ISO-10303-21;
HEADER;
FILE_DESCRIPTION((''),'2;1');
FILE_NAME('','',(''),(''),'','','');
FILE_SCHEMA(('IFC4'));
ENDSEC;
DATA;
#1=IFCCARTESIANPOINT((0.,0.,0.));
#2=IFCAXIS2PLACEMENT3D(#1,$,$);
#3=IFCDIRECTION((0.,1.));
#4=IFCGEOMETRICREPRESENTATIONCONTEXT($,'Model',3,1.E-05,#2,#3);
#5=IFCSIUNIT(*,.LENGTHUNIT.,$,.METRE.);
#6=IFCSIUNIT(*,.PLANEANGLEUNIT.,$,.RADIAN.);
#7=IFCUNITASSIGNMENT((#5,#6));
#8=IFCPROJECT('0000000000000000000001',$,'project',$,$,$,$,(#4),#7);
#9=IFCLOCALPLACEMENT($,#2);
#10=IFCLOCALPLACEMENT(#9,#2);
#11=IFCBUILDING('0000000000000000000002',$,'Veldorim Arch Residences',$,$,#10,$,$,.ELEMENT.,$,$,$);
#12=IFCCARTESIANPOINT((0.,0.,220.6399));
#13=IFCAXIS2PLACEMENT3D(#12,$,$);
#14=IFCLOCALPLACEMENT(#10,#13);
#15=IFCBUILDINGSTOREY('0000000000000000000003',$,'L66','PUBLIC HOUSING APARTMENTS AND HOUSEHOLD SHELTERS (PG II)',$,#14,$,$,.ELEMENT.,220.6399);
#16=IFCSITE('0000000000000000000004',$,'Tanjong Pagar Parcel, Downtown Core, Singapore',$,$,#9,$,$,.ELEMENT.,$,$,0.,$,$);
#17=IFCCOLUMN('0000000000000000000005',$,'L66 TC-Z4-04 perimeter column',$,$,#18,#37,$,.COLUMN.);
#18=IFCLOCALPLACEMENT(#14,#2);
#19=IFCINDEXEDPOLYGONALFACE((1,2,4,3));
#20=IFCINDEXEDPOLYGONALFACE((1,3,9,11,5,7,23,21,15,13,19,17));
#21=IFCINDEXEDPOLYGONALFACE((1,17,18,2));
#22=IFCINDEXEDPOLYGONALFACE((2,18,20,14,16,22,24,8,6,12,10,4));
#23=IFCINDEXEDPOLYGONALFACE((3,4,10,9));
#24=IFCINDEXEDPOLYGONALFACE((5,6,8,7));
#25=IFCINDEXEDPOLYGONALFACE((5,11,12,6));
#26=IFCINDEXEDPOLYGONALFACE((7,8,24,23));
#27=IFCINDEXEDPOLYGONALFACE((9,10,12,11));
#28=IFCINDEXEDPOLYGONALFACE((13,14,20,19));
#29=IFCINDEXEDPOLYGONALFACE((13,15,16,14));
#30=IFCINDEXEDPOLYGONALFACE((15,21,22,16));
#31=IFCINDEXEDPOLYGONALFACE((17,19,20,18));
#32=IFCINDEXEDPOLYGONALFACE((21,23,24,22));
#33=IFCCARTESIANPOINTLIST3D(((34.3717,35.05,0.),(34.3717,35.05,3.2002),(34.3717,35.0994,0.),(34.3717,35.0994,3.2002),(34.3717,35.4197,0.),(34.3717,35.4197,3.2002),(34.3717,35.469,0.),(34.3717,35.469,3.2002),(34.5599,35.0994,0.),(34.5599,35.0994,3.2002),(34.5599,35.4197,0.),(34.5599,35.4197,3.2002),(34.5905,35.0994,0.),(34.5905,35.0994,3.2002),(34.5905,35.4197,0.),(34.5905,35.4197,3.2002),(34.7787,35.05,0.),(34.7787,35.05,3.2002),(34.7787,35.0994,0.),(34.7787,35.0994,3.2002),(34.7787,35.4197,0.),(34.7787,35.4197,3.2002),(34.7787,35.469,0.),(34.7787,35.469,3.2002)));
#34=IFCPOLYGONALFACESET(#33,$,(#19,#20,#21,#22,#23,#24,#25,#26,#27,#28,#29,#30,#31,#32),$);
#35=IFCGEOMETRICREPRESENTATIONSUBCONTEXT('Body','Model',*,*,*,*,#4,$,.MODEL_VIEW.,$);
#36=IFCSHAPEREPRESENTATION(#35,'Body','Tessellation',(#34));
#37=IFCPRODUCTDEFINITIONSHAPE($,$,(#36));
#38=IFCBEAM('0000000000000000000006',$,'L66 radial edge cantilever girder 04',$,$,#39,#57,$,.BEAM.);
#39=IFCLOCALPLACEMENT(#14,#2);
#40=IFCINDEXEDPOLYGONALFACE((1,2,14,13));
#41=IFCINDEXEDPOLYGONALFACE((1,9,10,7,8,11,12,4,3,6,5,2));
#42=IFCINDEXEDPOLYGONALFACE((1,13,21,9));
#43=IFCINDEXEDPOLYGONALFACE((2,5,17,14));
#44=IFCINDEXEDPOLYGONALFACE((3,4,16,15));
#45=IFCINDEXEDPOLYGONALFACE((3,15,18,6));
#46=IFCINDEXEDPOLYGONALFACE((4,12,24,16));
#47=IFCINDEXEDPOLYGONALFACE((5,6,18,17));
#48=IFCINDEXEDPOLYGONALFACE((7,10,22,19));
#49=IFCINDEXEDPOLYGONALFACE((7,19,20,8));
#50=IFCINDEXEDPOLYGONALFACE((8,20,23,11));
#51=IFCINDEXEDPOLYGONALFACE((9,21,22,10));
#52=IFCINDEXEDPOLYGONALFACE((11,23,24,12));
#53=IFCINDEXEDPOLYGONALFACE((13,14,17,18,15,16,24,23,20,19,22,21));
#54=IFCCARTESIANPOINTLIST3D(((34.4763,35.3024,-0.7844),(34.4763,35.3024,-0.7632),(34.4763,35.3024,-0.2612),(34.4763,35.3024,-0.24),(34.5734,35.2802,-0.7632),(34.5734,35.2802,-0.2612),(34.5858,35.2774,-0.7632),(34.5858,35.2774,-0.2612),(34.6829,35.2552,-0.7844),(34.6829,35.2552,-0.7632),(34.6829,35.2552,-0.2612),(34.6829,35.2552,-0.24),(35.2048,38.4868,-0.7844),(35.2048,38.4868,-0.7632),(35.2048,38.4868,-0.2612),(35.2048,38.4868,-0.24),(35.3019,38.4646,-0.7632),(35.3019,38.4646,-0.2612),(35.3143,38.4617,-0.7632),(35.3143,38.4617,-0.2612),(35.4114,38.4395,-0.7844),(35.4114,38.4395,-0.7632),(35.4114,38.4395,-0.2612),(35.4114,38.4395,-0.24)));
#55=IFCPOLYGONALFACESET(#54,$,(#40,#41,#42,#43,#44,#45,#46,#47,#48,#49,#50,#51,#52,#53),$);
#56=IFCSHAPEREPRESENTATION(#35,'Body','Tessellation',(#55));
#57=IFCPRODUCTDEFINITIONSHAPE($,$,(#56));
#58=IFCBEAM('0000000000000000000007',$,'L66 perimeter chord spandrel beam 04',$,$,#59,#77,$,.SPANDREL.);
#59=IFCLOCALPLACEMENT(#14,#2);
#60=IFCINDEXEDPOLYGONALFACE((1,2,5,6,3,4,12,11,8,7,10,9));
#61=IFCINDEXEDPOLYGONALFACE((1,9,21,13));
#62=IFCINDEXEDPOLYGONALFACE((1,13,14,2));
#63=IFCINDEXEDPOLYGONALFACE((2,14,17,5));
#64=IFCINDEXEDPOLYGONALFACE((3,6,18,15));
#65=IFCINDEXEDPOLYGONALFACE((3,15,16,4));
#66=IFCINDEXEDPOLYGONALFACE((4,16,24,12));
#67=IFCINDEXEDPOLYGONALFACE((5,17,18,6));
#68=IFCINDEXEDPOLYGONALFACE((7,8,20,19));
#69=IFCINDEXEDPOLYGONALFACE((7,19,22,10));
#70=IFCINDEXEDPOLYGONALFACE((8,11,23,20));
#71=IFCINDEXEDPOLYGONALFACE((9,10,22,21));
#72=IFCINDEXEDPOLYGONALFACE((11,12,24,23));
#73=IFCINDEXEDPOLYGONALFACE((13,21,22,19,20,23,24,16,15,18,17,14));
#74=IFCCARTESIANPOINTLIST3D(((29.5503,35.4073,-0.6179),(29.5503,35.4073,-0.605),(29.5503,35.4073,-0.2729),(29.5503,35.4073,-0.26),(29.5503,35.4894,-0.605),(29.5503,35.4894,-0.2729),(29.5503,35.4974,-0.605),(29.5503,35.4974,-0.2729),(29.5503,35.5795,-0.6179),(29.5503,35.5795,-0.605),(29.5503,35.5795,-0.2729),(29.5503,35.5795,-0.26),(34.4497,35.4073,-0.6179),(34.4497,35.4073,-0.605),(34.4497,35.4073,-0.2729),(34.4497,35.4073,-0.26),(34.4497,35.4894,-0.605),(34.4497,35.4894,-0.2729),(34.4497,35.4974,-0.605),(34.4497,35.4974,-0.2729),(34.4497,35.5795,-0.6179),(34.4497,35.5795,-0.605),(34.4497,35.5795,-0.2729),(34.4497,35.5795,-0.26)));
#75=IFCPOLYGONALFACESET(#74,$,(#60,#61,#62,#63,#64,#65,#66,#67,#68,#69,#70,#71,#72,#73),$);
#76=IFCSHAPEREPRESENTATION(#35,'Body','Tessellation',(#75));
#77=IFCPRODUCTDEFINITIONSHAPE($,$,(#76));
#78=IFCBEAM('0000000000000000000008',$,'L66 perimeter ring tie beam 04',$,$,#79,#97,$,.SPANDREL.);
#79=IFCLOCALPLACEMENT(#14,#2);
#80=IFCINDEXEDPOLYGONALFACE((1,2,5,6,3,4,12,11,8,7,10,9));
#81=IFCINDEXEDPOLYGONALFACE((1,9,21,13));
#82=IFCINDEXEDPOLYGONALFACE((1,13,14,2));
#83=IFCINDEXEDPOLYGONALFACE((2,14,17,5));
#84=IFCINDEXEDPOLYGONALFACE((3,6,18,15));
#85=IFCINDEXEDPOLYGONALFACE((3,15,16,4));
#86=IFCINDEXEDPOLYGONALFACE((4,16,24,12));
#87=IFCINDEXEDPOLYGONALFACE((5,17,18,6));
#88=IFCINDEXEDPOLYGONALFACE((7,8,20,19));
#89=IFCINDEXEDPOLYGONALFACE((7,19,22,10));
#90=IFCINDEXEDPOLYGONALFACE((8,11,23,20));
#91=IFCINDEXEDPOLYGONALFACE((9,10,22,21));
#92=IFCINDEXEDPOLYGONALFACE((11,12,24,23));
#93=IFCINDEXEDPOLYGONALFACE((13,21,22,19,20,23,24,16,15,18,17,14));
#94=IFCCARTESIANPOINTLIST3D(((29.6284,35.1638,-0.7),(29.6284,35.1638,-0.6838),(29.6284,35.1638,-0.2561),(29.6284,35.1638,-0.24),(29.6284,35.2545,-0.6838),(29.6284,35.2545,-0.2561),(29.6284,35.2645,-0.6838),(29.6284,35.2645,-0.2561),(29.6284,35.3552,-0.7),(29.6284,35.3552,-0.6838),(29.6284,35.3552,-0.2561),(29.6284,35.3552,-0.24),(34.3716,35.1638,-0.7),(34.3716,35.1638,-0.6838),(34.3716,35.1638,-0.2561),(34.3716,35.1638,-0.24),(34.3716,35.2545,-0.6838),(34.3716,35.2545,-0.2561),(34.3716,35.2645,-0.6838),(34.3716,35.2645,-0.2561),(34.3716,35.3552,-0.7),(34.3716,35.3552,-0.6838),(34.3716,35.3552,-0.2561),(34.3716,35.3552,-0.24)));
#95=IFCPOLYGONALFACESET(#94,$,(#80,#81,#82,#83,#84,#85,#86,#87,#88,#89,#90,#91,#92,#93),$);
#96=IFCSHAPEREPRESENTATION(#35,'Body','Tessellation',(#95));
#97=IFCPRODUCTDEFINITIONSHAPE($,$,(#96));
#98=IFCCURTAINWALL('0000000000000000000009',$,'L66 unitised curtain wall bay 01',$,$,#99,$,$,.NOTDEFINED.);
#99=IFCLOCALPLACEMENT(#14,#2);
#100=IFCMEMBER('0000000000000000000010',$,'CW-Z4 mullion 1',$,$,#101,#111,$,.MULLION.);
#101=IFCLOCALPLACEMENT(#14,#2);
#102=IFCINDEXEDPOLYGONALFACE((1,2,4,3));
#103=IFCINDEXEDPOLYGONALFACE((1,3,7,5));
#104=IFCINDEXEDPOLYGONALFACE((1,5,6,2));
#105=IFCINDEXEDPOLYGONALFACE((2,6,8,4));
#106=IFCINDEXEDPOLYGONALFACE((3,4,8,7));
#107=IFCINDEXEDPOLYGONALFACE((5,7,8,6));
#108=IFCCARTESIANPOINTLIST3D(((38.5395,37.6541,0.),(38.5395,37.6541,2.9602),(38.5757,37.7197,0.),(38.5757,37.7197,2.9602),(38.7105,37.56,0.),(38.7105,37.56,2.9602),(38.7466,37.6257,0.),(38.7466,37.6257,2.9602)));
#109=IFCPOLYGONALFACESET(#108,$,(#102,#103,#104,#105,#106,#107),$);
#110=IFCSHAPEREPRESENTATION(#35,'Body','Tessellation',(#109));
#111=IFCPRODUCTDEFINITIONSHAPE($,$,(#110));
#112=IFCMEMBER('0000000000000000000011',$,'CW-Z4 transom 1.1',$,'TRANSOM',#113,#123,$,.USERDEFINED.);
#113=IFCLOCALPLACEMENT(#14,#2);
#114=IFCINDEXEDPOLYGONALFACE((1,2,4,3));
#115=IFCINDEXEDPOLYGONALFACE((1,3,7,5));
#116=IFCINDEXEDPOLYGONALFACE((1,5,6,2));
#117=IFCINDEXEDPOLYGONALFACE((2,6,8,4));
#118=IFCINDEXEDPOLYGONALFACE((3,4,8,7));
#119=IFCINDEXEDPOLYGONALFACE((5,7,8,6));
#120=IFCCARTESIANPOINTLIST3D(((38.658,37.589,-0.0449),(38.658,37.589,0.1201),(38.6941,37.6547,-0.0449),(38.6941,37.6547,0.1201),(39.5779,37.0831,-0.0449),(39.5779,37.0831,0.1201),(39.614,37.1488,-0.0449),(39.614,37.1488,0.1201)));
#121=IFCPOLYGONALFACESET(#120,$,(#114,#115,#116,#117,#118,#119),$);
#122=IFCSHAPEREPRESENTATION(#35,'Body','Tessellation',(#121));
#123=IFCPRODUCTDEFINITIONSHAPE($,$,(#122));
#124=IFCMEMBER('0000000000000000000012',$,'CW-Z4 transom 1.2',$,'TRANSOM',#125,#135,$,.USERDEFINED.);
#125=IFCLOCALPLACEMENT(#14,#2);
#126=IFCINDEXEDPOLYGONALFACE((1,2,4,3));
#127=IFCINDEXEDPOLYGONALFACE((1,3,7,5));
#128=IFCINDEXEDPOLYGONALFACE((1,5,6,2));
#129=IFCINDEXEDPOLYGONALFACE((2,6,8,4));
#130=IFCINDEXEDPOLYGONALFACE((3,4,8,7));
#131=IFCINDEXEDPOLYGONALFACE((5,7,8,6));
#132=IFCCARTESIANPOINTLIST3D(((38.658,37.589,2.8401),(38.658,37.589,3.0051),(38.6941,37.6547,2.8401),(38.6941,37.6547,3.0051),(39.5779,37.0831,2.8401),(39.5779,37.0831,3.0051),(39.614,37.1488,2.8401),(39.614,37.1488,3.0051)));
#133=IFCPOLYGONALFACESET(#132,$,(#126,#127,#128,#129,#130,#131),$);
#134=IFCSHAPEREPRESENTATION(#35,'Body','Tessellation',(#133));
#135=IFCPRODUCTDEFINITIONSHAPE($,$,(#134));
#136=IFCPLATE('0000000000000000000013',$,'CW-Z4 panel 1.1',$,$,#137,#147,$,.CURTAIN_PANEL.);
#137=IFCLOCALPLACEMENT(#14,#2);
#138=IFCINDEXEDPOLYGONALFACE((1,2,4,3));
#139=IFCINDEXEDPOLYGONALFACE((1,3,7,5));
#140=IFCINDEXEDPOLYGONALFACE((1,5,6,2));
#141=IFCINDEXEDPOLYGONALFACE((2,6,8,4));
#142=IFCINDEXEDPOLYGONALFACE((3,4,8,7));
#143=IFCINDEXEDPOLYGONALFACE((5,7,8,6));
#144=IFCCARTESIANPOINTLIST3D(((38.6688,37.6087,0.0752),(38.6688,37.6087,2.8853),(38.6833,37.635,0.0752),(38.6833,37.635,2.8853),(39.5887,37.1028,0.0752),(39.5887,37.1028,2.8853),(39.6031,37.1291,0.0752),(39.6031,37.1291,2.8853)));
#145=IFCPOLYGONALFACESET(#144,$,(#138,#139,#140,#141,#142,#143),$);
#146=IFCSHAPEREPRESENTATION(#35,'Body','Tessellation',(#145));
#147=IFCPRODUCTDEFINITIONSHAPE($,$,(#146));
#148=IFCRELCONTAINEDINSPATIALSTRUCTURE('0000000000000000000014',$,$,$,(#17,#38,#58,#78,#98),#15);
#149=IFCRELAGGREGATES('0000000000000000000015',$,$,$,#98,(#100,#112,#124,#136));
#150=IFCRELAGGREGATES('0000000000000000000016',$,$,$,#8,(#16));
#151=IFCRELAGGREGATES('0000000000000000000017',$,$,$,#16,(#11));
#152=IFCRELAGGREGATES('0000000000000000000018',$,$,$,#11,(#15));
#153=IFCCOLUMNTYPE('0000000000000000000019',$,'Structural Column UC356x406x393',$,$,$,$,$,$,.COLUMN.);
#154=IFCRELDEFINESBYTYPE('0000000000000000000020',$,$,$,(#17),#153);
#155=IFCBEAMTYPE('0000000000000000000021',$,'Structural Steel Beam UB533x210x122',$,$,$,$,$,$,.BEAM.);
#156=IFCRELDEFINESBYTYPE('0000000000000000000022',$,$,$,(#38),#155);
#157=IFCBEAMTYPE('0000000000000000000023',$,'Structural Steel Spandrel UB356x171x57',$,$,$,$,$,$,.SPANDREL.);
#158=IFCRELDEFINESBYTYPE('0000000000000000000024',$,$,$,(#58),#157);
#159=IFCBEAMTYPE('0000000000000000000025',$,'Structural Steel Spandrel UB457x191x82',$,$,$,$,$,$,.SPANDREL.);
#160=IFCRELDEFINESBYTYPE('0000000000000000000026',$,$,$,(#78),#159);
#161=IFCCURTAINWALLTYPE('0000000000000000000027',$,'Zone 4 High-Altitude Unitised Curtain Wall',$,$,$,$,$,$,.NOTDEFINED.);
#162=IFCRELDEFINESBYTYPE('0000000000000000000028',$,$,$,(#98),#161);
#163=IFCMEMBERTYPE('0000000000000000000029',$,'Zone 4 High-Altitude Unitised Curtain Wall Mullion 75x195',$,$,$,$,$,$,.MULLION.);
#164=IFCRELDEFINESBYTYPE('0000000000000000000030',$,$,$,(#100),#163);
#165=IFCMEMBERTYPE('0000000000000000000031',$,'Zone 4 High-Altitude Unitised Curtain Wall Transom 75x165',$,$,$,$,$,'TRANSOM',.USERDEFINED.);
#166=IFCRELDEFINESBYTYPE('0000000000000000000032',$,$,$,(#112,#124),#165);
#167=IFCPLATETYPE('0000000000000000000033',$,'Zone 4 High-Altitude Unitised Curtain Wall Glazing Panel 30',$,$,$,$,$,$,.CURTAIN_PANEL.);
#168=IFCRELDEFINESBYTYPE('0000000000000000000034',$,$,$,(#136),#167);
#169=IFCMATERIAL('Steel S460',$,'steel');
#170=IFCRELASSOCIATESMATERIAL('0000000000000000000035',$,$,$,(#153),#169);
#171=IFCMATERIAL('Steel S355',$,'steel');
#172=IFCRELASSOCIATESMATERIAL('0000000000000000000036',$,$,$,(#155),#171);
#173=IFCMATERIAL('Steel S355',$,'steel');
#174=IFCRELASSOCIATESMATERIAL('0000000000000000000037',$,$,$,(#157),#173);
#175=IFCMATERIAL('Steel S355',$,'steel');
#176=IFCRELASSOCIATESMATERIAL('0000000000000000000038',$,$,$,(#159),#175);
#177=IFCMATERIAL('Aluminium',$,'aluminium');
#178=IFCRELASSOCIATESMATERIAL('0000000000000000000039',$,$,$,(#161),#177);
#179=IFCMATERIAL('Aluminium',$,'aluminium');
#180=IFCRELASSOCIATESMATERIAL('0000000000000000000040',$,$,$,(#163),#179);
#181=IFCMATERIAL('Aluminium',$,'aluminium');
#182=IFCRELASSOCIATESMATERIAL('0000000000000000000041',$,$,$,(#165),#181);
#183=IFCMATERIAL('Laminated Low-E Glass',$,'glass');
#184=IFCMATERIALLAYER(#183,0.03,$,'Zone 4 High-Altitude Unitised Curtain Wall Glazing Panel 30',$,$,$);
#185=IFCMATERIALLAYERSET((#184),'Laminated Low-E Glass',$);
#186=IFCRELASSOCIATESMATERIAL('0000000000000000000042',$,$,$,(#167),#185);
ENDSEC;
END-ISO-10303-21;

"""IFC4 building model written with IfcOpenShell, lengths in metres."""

from ifc_helpers import new_model, si_unit, direction, frame, origin, origin_2d, place, context, subcontext, project, spatial, rectangle, i_section, extrude, material, layer, layer_set, material_profile, profile_set, type_object, element, aggregate, save


model = new_model("IFC4")

# Units and contexts
model_context = context("Model", 3, precision=1e-05, world=origin(), true_north=direction((0.0, 1.0)))
body_context = subcontext(model_context, "Body", "Model", "MODEL_VIEW")
ifc_project = project(units=[si_unit("LENGTHUNIT", "METRE"), si_unit("PLANEANGLEUNIT", "RADIAN")], contexts=[model_context])

# Site, building, storey
site_placement = place(None, origin())
site = spatial("IfcSite", under=ifc_project, at=site_placement, Name="Tanjong Pagar Parcel, Downtown Core, Singapore", CompositionType="ELEMENT", RefElevation=0.0)
building_placement = place(site_placement, origin())
building = spatial("IfcBuilding", under=site, at=building_placement, Name="Veldorim Arch Residences", CompositionType="ELEMENT")
storey_placement = place(building_placement, frame((0.0, 0.0, 220.6399)))
storey = spatial("IfcBuildingStorey", under=building, at=storey_placement, Name="L66", Description="PUBLIC HOUSING APARTMENTS AND HOUSEHOLD SHELTERS (PG II)", CompositionType="ELEMENT", Elevation=220.6399)

# Column
ifc_material_1 = material(Name="Steel S460", Category="steel")
ifc_material_profile_1 = material_profile(ifc_material_1, i_section(OverallWidth=0.407, OverallDepth=0.4189, WebThickness=0.0305, FlangeThickness=0.0493, at=origin_2d()), Name="UC356x406x393")
ifc_profile_set_1 = profile_set([ifc_material_profile_1], Name="Steel S460")
column_type = type_object("IfcColumnType", Name="Structural Column UC356x406x393", PredefinedType="COLUMN", material=ifc_profile_set_1)
column_placement = place(storey_placement, frame((34.5752, 35.2595, 0.0), z_axis=(0.0, 0.0, 1.0), x_axis=(1.0, 0.0, 0.0)))
element("IfcColumn", 1, at=column_placement, inside=storey, type_object=column_type, Name="L66 TC-Z4-04 perimeter column", PredefinedType="COLUMN", context=body_context, shape_type="SweptSolid", body=[
    extrude(i_section(OverallWidth=0.407, OverallDepth=0.4189, WebThickness=0.0305, FlangeThickness=0.0493, at=origin_2d()), origin(), (0.0, 0.0, 1.0), 3.2002),
])

# Beams
ifc_material_2 = material(Name="Steel S355", Category="steel")
ifc_material_profile_2 = material_profile(ifc_material_2, i_section(OverallWidth=0.2119, OverallDepth=0.5444, WebThickness=0.0127, FlangeThickness=0.0212, at=origin_2d()), Name="UB533x210x122")
ifc_profile_set_2 = profile_set([ifc_material_profile_2], Name="Steel S355")
beam_type_1 = type_object("IfcBeamType", Name="Structural Steel Beam UB533x210x122", PredefinedType="BEAM", material=ifc_profile_set_2)
beam_1_placement = place(storey_placement, frame((34.5796, 35.2788, -0.5122), z_axis=(0.22302, 0.974814, 0.0), x_axis=(-0.974814, 0.22302, 0.0)))
element("IfcBeam", 2, at=beam_1_placement, inside=storey, type_object=beam_type_1, Name="L66 radial edge cantilever girder 04", PredefinedType="BEAM", context=body_context, shape_type="SweptSolid", body=[
    extrude(i_section(OverallWidth=0.2119, OverallDepth=0.5444, WebThickness=0.0127, FlangeThickness=0.0212, at=origin_2d()), origin(), (0.0, 0.0, 1.0), 3.2666),
])
ifc_material_3 = material(Name="Steel S355", Category="steel")
ifc_material_profile_3 = material_profile(ifc_material_3, i_section(OverallWidth=0.1721, OverallDepth=0.3579, WebThickness=0.0081, FlangeThickness=0.0129, at=origin_2d()), Name="UB356x171x57")
ifc_profile_set_3 = profile_set([ifc_material_profile_3], Name="Steel S355")
beam_type_2 = type_object("IfcBeamType", Name="Structural Steel Spandrel UB356x171x57", PredefinedType="SPANDREL", material=ifc_profile_set_3)
beam_2_placement = place(storey_placement, frame((34.4497, 35.4934, -0.439), z_axis=(-1.0, 0.0, 0.0), x_axis=(0.0, -1.0, 0.0)))
element("IfcBeam", 3, at=beam_2_placement, inside=storey, type_object=beam_type_2, Name="L66 perimeter chord spandrel beam 04", PredefinedType="SPANDREL", context=body_context, shape_type="SweptSolid", body=[
    extrude(i_section(OverallWidth=0.1721, OverallDepth=0.3579, WebThickness=0.0081, FlangeThickness=0.0129, at=origin_2d()), origin(), (0.0, 0.0, 1.0), 4.8994),
])
ifc_material_4 = material(Name="Steel S355", Category="steel")
ifc_material_profile_4 = material_profile(ifc_material_4, i_section(OverallWidth=0.1914, OverallDepth=0.46, WebThickness=0.01, FlangeThickness=0.0161, at=origin_2d()), Name="UB457x191x82")
ifc_profile_set_4 = profile_set([ifc_material_profile_4], Name="Steel S355")
beam_type_3 = type_object("IfcBeamType", Name="Structural Steel Spandrel UB457x191x82", PredefinedType="SPANDREL", material=ifc_profile_set_4)
beam_3_placement = place(storey_placement, frame((34.3716, 35.2595, -0.47), z_axis=(-1.0, 0.0, 0.0), x_axis=(0.0, -1.0, 0.0)))
element("IfcBeam", 4, at=beam_3_placement, inside=storey, type_object=beam_type_3, Name="L66 perimeter ring tie beam 04", PredefinedType="SPANDREL", context=body_context, shape_type="SweptSolid", body=[
    extrude(i_section(OverallWidth=0.1914, OverallDepth=0.46, WebThickness=0.01, FlangeThickness=0.0161, at=origin_2d()), origin(), (0.0, 0.0, 1.0), 4.7432),
])

# Curtain wall, members, plate
ifc_material_5 = material(Name="Aluminium", Category="aluminium")
curtain_wall_type = type_object("IfcCurtainWallType", Name="Zone 4 High-Altitude Unitised Curtain Wall", PredefinedType="NOTDEFINED", material=ifc_material_5)
curtain_wall_placement = place(storey_placement, origin())
curtain_wall = element("IfcCurtainWall", 5, at=curtain_wall_placement, inside=storey, type_object=curtain_wall_type, Name="L66 unitised curtain wall bay 01", PredefinedType="NOTDEFINED")
ifc_material_6 = material(Name="Aluminium", Category="aluminium")
ifc_material_profile_5 = material_profile(ifc_material_6, rectangle(XDim=0.075, YDim=0.1951, at=origin_2d()), Name="ALU_MUL_75x195")
ifc_profile_set_5 = profile_set([ifc_material_profile_5], Name="Aluminium")
member_type_1 = type_object("IfcMemberType", Name="Zone 4 High-Altitude Unitised Curtain Wall Mullion 75x195", PredefinedType="MULLION", material=ifc_profile_set_5)
member_1_placement = place(storey_placement, frame((38.6431, 37.6399, 0.0), z_axis=(0.0, 0.0, 1.0), x_axis=(0.481953, 0.876197, 0.0)))
member_1 = element("IfcMember", 6, at=member_1_placement, type_object=member_type_1, Name="CW-Z4 mullion 1", PredefinedType="MULLION", context=body_context, shape_type="SweptSolid", body=[
    extrude(rectangle(XDim=0.075, YDim=0.1951, at=origin_2d()), origin(), (0.0, 0.0, 1.0), 2.9602),
])
ifc_material_7 = material(Name="Aluminium", Category="aluminium")
ifc_material_profile_6 = material_profile(ifc_material_7, rectangle(XDim=0.075, YDim=0.165, at=origin_2d()), Name="ALU_TRN_75x165")
ifc_profile_set_6 = profile_set([ifc_material_profile_6], Name="Aluminium")
member_type_2 = type_object("IfcMemberType", Name="Zone 4 High-Altitude Unitised Curtain Wall Transom 75x165", ElementType="TRANSOM", PredefinedType="USERDEFINED", material=ifc_profile_set_6)
member_2_placement = place(storey_placement, frame((38.676, 37.6218, 0.0376), z_axis=(0.876255, -0.481847, 0.0), x_axis=(0.481847, 0.876255, 0.0)))
member_2 = element("IfcMember", 7, at=member_2_placement, type_object=member_type_2, Name="CW-Z4 transom 1.1", ObjectType="TRANSOM", PredefinedType="USERDEFINED", context=body_context, shape_type="SweptSolid", body=[
    extrude(rectangle(XDim=0.075, YDim=0.165, at=origin_2d()), origin(), (0.0, 0.0, 1.0), 1.0498),
])
member_3_placement = place(storey_placement, frame((38.676, 37.6218, 2.9226), z_axis=(0.876255, -0.481847, 0.0), x_axis=(0.481847, 0.876255, 0.0)))
member_3 = element("IfcMember", 8, at=member_3_placement, type_object=member_type_2, Name="CW-Z4 transom 1.2", ObjectType="TRANSOM", PredefinedType="USERDEFINED", context=body_context, shape_type="SweptSolid", body=[
    extrude(rectangle(XDim=0.075, YDim=0.165, at=origin_2d()), origin(), (0.0, 0.0, 1.0), 1.0498),
])
ifc_material_8 = material(Name="Laminated Low-E Glass", Category="glass")
ifc_layer_1 = layer(ifc_material_8, 0.03, Name="Zone 4 High-Altitude Unitised Curtain Wall Glazing Panel 30")
ifc_layer_set_1 = layer_set([ifc_layer_1], Name="Laminated Low-E Glass")
plate_type = type_object("IfcPlateType", Name="Zone 4 High-Altitude Unitised Curtain Wall Glazing Panel 30", PredefinedType="CURTAIN_PANEL", material=ifc_layer_set_1)
plate_placement = place(storey_placement, frame((39.136, 37.3689, 0.0752), z_axis=(0.0, 0.0, 1.0), x_axis=(0.876197, -0.481953, 0.0)))
plate = element("IfcPlate", 9, at=plate_placement, type_object=plate_type, Name="CW-Z4 panel 1.1", PredefinedType="CURTAIN_PANEL", context=body_context, shape_type="SweptSolid", body=[
    extrude(rectangle(XDim=1.0498, YDim=0.03, at=origin_2d()), origin(), (0.0, 0.0, 1.0), 2.8101),
])
aggregate(curtain_wall, [member_1, member_2, member_3, plate])

save(model, "model.ifc")
